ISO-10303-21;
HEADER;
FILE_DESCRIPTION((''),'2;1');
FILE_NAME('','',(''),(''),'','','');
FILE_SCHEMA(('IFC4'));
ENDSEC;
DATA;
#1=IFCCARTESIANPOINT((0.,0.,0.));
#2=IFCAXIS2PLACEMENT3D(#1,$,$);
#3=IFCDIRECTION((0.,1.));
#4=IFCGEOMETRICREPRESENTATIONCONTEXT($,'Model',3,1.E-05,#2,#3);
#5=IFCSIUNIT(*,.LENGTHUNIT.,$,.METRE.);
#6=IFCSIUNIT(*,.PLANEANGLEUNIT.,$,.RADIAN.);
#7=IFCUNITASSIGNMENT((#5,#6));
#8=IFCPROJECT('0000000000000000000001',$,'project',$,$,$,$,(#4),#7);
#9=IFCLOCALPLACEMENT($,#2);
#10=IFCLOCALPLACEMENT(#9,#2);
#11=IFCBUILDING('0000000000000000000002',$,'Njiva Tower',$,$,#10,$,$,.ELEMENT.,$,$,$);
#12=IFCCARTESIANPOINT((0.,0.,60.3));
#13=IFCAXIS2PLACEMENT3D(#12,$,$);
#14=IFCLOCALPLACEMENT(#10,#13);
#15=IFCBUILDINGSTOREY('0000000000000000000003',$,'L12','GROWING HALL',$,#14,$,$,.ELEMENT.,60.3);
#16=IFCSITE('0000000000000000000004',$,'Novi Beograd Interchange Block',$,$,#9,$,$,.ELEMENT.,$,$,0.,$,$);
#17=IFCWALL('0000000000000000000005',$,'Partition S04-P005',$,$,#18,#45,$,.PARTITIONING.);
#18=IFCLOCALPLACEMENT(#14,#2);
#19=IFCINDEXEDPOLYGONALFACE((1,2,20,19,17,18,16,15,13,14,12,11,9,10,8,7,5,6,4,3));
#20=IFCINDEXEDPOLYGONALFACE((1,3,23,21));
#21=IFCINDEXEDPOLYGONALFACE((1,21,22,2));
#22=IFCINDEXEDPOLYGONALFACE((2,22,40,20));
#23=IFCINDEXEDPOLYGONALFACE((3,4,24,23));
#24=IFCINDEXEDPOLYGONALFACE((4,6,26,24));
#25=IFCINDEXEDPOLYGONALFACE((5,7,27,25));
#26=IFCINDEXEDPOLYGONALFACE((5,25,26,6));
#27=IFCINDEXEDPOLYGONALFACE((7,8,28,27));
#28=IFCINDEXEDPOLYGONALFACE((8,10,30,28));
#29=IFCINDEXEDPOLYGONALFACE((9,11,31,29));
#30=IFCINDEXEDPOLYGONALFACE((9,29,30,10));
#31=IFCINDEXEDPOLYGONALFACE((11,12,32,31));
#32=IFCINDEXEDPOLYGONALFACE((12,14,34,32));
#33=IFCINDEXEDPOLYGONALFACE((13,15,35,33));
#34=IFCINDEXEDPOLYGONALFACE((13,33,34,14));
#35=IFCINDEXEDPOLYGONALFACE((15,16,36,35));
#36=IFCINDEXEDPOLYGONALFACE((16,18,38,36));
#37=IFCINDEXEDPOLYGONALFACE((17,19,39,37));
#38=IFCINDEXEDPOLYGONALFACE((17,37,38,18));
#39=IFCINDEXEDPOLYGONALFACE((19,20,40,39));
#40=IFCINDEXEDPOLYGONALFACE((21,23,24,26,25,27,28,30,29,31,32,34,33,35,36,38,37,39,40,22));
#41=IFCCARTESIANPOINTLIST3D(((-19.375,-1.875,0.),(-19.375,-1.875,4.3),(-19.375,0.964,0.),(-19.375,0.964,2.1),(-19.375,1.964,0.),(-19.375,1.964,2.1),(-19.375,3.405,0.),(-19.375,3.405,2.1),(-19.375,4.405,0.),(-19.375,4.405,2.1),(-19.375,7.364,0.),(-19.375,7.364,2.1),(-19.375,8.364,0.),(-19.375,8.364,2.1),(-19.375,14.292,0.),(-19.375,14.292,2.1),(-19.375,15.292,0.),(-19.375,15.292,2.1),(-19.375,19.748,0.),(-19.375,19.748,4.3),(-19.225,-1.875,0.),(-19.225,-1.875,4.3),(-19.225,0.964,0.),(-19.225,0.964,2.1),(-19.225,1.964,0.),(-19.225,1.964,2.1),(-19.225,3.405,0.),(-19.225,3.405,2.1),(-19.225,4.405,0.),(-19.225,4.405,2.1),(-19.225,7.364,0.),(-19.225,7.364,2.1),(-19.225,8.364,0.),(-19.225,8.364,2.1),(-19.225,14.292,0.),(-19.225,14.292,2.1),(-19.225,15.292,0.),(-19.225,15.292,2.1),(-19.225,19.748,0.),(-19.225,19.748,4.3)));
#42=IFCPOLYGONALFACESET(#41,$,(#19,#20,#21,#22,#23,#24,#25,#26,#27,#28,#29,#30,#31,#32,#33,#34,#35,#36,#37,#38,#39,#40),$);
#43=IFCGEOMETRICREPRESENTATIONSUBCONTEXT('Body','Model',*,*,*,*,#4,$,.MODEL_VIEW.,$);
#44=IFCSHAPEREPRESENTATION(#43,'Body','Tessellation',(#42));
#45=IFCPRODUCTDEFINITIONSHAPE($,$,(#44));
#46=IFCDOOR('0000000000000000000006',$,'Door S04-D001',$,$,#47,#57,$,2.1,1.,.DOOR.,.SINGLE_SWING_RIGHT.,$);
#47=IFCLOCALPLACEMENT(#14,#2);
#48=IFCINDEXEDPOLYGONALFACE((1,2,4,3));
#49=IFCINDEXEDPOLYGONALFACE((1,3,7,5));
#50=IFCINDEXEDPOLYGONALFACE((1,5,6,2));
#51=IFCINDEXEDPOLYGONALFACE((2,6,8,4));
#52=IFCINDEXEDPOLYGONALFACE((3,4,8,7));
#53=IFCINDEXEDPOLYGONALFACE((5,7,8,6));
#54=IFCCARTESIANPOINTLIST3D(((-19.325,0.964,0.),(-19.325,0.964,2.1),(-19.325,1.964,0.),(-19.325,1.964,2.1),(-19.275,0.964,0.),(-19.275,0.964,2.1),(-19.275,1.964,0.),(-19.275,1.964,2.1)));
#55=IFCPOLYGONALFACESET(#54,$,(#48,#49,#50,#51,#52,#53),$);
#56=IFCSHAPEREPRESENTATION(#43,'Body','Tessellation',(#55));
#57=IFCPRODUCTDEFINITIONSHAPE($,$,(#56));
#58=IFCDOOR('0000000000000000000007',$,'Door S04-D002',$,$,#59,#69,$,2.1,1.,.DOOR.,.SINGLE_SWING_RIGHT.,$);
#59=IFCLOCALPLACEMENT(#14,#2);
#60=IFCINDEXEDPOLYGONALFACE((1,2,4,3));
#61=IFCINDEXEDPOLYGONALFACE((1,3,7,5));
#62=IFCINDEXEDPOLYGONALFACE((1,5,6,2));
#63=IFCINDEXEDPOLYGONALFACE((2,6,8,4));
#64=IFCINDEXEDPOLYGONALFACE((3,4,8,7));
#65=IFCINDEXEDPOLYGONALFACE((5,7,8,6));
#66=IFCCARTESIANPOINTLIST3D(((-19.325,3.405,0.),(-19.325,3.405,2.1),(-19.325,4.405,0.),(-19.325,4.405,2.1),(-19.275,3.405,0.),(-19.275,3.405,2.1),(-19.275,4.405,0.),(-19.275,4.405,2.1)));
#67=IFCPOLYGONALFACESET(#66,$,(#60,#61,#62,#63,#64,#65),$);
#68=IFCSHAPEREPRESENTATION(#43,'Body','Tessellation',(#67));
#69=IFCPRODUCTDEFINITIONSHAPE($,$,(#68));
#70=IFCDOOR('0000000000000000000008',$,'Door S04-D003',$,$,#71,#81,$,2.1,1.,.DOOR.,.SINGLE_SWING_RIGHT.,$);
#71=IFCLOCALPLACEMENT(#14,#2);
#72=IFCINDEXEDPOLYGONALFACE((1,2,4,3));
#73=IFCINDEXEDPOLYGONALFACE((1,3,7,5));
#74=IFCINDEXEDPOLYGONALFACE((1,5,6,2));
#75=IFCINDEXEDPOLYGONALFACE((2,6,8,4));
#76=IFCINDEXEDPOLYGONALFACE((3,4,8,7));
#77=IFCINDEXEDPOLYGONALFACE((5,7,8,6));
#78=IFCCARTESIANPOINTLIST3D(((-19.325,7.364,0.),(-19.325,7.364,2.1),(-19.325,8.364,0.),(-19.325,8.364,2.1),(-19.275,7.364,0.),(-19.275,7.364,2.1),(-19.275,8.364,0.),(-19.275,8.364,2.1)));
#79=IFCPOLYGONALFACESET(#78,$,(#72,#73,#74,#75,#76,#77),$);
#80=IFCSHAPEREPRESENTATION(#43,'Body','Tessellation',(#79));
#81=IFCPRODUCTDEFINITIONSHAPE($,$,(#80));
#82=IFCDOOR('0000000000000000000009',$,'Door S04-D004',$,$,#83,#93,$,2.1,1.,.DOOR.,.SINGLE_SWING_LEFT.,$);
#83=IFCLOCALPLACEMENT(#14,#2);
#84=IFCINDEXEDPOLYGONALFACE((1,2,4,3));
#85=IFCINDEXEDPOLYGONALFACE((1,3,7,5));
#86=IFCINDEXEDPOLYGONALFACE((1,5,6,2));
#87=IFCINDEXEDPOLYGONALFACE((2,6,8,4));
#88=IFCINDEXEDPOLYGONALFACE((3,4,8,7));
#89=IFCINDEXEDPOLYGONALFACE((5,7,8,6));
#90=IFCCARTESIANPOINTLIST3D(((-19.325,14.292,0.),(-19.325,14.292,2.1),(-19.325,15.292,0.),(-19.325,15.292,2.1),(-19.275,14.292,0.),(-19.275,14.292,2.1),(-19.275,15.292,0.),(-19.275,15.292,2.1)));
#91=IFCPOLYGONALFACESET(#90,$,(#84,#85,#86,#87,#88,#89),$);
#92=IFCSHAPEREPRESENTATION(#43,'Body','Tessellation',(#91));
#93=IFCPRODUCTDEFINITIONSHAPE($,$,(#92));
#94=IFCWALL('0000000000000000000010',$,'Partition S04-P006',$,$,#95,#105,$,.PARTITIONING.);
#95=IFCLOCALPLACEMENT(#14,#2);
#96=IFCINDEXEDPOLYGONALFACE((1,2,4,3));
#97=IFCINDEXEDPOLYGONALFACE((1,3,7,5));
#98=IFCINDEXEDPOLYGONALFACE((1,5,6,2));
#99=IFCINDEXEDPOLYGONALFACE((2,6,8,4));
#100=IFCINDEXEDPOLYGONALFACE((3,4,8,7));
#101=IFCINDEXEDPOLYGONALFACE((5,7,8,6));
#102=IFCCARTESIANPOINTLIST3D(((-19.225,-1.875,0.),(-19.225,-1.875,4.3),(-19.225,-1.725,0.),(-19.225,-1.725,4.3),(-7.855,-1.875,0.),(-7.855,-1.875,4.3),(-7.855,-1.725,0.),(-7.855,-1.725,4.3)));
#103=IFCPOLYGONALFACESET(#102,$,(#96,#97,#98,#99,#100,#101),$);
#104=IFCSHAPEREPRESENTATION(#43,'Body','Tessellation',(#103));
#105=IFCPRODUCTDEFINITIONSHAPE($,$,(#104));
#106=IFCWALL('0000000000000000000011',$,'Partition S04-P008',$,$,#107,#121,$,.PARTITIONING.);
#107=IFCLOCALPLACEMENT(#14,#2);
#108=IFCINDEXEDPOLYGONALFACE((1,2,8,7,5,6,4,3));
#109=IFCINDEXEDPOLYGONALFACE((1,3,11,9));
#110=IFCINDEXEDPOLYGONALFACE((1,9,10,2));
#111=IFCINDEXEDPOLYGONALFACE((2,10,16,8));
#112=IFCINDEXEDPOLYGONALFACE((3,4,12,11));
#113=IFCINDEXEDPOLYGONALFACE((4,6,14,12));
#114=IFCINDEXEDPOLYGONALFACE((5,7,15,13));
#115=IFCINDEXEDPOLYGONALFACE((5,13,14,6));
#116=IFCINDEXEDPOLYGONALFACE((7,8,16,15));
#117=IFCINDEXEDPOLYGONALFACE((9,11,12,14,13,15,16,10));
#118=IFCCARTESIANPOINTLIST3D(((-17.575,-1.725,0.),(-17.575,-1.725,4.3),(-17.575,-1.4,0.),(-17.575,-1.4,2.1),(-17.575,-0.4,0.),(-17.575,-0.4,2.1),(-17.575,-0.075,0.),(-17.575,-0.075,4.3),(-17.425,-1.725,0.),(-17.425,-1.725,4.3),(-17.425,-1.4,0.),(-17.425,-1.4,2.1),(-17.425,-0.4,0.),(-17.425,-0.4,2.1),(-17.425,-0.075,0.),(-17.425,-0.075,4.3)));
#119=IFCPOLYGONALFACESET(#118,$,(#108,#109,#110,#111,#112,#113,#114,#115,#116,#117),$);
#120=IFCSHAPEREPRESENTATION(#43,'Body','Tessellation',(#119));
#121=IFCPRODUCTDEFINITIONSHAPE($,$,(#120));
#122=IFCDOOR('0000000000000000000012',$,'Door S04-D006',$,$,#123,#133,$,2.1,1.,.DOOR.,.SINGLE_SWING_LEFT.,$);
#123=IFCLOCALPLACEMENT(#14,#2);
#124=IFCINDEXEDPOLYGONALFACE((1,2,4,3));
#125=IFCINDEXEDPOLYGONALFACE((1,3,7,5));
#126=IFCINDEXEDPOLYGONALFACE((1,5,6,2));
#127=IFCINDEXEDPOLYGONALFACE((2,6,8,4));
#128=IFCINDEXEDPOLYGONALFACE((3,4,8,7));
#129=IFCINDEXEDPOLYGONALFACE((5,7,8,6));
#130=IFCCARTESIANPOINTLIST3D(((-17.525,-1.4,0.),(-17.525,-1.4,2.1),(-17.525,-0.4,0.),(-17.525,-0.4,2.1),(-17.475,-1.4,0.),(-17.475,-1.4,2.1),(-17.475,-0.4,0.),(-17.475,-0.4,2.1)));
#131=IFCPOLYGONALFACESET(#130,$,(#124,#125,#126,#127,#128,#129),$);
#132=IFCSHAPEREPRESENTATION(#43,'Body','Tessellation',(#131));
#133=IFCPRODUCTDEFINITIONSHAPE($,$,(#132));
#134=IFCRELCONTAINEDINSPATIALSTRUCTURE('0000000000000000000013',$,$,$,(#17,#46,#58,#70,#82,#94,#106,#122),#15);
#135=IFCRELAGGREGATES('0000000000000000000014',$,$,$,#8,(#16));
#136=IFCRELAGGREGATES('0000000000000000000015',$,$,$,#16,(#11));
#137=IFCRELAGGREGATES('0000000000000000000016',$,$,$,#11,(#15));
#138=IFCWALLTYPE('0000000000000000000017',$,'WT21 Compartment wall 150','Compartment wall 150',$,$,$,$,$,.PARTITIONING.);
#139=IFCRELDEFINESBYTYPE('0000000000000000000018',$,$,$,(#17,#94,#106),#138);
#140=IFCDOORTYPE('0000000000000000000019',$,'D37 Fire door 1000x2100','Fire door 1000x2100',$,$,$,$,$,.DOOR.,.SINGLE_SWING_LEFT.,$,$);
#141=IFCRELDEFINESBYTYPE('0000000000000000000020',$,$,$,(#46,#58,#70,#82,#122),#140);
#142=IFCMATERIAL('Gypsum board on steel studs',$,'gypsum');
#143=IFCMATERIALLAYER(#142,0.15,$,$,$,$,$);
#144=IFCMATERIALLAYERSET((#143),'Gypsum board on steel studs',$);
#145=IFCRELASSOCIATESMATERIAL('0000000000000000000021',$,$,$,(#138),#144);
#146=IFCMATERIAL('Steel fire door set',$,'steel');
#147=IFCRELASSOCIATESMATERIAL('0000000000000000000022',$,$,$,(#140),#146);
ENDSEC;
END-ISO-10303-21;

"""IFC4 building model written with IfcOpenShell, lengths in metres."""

from ifc_helpers import new_model, si_unit, direction, frame, frame_2d, origin, place, context, subcontext, project, spatial, rectangle, extrude, material, layer, layer_set, type_object, element, fill, save


model = new_model("IFC4")

# Units and contexts
model_context = context("Model", 3, precision=1e-05, world=origin(), true_north=direction((0.0, 1.0)))
body_context = subcontext(model_context, "Body", "Model", "MODEL_VIEW")
ifc_project = project(units=[si_unit("LENGTHUNIT", "METRE"), si_unit("PLANEANGLEUNIT", "RADIAN")], contexts=[model_context])

# Site, building, storey
site_placement = place(None, origin())
site = spatial("IfcSite", under=ifc_project, at=site_placement, Name="Novi Beograd Interchange Block", CompositionType="ELEMENT", RefElevation=0.0)
building_placement = place(site_placement, origin())
building = spatial("IfcBuilding", under=site, at=building_placement, Name="Njiva Tower", CompositionType="ELEMENT")
storey_placement = place(building_placement, frame((0.0, 0.0, 60.3)))
storey = spatial("IfcBuildingStorey", under=building, at=storey_placement, Name="L12", Description="GROWING HALL", CompositionType="ELEMENT", Elevation=60.3)

# Shared definitions
ifc_material_1 = material(Name="Gypsum board on steel studs", Category="gypsum")
ifc_layer = layer(ifc_material_1, 0.15)
ifc_layer_set = layer_set([ifc_layer], Name="Gypsum board on steel studs")
wall_type = type_object("IfcWallType", Name="WT21 Compartment wall 150", Description="Compartment wall 150", PredefinedType="PARTITIONING", material=ifc_layer_set)

# Wall, openings, doors
wall_1_placement = place(storey_placement, frame((-19.3, -1.875, 0.0), z_axis=(0.0, 0.0, 1.0), x_axis=(0.0, 1.0, 0.0)))
wall_1 = element("IfcWall", 1, at=wall_1_placement, inside=storey, type_object=wall_type, Name="Partition S04-P005", PredefinedType="PARTITIONING", context=body_context, shape_type="SweptSolid", body=[
    extrude(rectangle(XDim=21.623, YDim=0.15, at=frame_2d((10.8115, 0.0))), origin(), (0.0, 0.0, 1.0), 4.3),
])
opening_1_placement = place(wall_1_placement, frame((2.839, 0.0, 0.0)))
opening_1 = element("IfcOpeningElement", 2, at=opening_1_placement, cuts=wall_1, PredefinedType="OPENING", context=body_context, shape_type="SweptSolid", body=[
    extrude(rectangle(XDim=1.0, YDim=2.1, at=frame_2d((0.5, 1.05))), frame((0.0, 0.085, 0.0), z_axis=(0.0, -1.0, 0.0), x_axis=(1.0, 0.0, 0.0)), (0.0, 0.0, 1.0), 0.17),
])
opening_2_placement = place(wall_1_placement, frame((5.28, 0.0, 0.0)))
opening_2 = element("IfcOpeningElement", 3, at=opening_2_placement, cuts=wall_1, PredefinedType="OPENING", context=body_context, shape_type="SweptSolid", body=[
    extrude(rectangle(XDim=1.0, YDim=2.1, at=frame_2d((0.5, 1.05))), frame((0.0, 0.085, 0.0), z_axis=(0.0, -1.0, 0.0), x_axis=(1.0, 0.0, 0.0)), (0.0, 0.0, 1.0), 0.17),
])
opening_3_placement = place(wall_1_placement, frame((9.239, 0.0, 0.0)))
opening_3 = element("IfcOpeningElement", 4, at=opening_3_placement, cuts=wall_1, PredefinedType="OPENING", context=body_context, shape_type="SweptSolid", body=[
    extrude(rectangle(XDim=1.0, YDim=2.1, at=frame_2d((0.5, 1.05))), frame((0.0, 0.085, 0.0), z_axis=(0.0, -1.0, 0.0), x_axis=(1.0, 0.0, 0.0)), (0.0, 0.0, 1.0), 0.17),
])
opening_4_placement = place(wall_1_placement, frame((16.167, 0.0, 0.0)))
opening_4 = element("IfcOpeningElement", 5, at=opening_4_placement, cuts=wall_1, PredefinedType="OPENING", context=body_context, shape_type="SweptSolid", body=[
    extrude(rectangle(XDim=1.0, YDim=2.1, at=frame_2d((0.5, 1.05))), frame((0.0, 0.085, 0.0), z_axis=(0.0, -1.0, 0.0), x_axis=(1.0, 0.0, 0.0)), (0.0, 0.0, 1.0), 0.17),
])
ifc_material_2 = material(Name="Steel fire door set", Category="steel")
door_type = type_object("IfcDoorType", Name="D37 Fire door 1000x2100", Description="Fire door 1000x2100", OperationType="SINGLE_SWING_LEFT", PredefinedType="DOOR", material=ifc_material_2)
door_1_placement = place(opening_1_placement, origin())
door_1 = element("IfcDoor", 6, at=door_1_placement, inside=storey, type_object=door_type, Name="Door S04-D001", OperationType="SINGLE_SWING_RIGHT", OverallHeight=2.1, OverallWidth=1.0, PredefinedType="DOOR", context=body_context, shape_type="SweptSolid", body=[
    extrude(rectangle(XDim=1.0, YDim=2.1, at=frame_2d((0.5, 1.05))), frame((0.0, 0.025, 0.0), z_axis=(0.0, -1.0, 0.0), x_axis=(1.0, 0.0, 0.0)), (0.0, 0.0, 1.0), 0.05),
])
fill(opening_1, door_1)
door_2_placement = place(opening_2_placement, origin())
door_2 = element("IfcDoor", 7, at=door_2_placement, inside=storey, type_object=door_type, Name="Door S04-D002", OperationType="SINGLE_SWING_RIGHT", OverallHeight=2.1, OverallWidth=1.0, PredefinedType="DOOR", context=body_context, shape_type="SweptSolid", body=[
    extrude(rectangle(XDim=1.0, YDim=2.1, at=frame_2d((0.5, 1.05))), frame((0.0, 0.025, 0.0), z_axis=(0.0, -1.0, 0.0), x_axis=(1.0, 0.0, 0.0)), (0.0, 0.0, 1.0), 0.05),
])
fill(opening_2, door_2)
door_3_placement = place(opening_3_placement, origin())
door_3 = element("IfcDoor", 8, at=door_3_placement, inside=storey, type_object=door_type, Name="Door S04-D003", OperationType="SINGLE_SWING_RIGHT", OverallHeight=2.1, OverallWidth=1.0, PredefinedType="DOOR", context=body_context, shape_type="SweptSolid", body=[
    extrude(rectangle(XDim=1.0, YDim=2.1, at=frame_2d((0.5, 1.05))), frame((0.0, 0.025, 0.0), z_axis=(0.0, -1.0, 0.0), x_axis=(1.0, 0.0, 0.0)), (0.0, 0.0, 1.0), 0.05),
])
fill(opening_3, door_3)
door_4_placement = place(opening_4_placement, origin())
door_4 = element("IfcDoor", 9, at=door_4_placement, inside=storey, type_object=door_type, Name="Door S04-D004", OperationType="SINGLE_SWING_LEFT", OverallHeight=2.1, OverallWidth=1.0, PredefinedType="DOOR", context=body_context, shape_type="SweptSolid", body=[
    extrude(rectangle(XDim=1.0, YDim=2.1, at=frame_2d((0.5, 1.05))), frame((0.0, 0.025, 0.0), z_axis=(0.0, -1.0, 0.0), x_axis=(1.0, 0.0, 0.0)), (0.0, 0.0, 1.0), 0.05),
])
fill(opening_4, door_4)

# Wall
wall_2_placement = place(storey_placement, frame((-19.225, -1.8, 0.0), z_axis=(0.0, 0.0, 1.0), x_axis=(1.0, 0.0, 0.0)))
element("IfcWall", 10, at=wall_2_placement, inside=storey, type_object=wall_type, Name="Partition S04-P006", PredefinedType="PARTITIONING", context=body_context, shape_type="SweptSolid", body=[
    extrude(rectangle(XDim=11.37, YDim=0.15, at=frame_2d((5.685, 0.0))), origin(), (0.0, 0.0, 1.0), 4.3),
])

# Wall, opening, door
wall_3_placement = place(storey_placement, frame((-17.5, -1.725, 0.0), z_axis=(0.0, 0.0, 1.0), x_axis=(0.0, 1.0, 0.0)))
wall_3 = element("IfcWall", 11, at=wall_3_placement, inside=storey, type_object=wall_type, Name="Partition S04-P008", PredefinedType="PARTITIONING", context=body_context, shape_type="SweptSolid", body=[
    extrude(rectangle(XDim=1.65, YDim=0.15, at=frame_2d((0.825, 0.0))), origin(), (0.0, 0.0, 1.0), 4.3),
])
opening_5_placement = place(wall_3_placement, frame((0.325, 0.0, 0.0)))
opening_5 = element("IfcOpeningElement", 12, at=opening_5_placement, cuts=wall_3, PredefinedType="OPENING", context=body_context, shape_type="SweptSolid", body=[
    extrude(rectangle(XDim=1.0, YDim=2.1, at=frame_2d((0.5, 1.05))), frame((0.0, 0.085, 0.0), z_axis=(0.0, -1.0, 0.0), x_axis=(1.0, 0.0, 0.0)), (0.0, 0.0, 1.0), 0.17),
])
door_5_placement = place(opening_5_placement, origin())
door_5 = element("IfcDoor", 13, at=door_5_placement, inside=storey, type_object=door_type, Name="Door S04-D006", OperationType="SINGLE_SWING_LEFT", OverallHeight=2.1, OverallWidth=1.0, PredefinedType="DOOR", context=body_context, shape_type="SweptSolid", body=[
    extrude(rectangle(XDim=1.0, YDim=2.1, at=frame_2d((0.5, 1.05))), frame((0.0, 0.025, 0.0), z_axis=(0.0, -1.0, 0.0), x_axis=(1.0, 0.0, 0.0)), (0.0, 0.0, 1.0), 0.05),
])
fill(opening_5, door_5)

save(model, "model.ifc")
